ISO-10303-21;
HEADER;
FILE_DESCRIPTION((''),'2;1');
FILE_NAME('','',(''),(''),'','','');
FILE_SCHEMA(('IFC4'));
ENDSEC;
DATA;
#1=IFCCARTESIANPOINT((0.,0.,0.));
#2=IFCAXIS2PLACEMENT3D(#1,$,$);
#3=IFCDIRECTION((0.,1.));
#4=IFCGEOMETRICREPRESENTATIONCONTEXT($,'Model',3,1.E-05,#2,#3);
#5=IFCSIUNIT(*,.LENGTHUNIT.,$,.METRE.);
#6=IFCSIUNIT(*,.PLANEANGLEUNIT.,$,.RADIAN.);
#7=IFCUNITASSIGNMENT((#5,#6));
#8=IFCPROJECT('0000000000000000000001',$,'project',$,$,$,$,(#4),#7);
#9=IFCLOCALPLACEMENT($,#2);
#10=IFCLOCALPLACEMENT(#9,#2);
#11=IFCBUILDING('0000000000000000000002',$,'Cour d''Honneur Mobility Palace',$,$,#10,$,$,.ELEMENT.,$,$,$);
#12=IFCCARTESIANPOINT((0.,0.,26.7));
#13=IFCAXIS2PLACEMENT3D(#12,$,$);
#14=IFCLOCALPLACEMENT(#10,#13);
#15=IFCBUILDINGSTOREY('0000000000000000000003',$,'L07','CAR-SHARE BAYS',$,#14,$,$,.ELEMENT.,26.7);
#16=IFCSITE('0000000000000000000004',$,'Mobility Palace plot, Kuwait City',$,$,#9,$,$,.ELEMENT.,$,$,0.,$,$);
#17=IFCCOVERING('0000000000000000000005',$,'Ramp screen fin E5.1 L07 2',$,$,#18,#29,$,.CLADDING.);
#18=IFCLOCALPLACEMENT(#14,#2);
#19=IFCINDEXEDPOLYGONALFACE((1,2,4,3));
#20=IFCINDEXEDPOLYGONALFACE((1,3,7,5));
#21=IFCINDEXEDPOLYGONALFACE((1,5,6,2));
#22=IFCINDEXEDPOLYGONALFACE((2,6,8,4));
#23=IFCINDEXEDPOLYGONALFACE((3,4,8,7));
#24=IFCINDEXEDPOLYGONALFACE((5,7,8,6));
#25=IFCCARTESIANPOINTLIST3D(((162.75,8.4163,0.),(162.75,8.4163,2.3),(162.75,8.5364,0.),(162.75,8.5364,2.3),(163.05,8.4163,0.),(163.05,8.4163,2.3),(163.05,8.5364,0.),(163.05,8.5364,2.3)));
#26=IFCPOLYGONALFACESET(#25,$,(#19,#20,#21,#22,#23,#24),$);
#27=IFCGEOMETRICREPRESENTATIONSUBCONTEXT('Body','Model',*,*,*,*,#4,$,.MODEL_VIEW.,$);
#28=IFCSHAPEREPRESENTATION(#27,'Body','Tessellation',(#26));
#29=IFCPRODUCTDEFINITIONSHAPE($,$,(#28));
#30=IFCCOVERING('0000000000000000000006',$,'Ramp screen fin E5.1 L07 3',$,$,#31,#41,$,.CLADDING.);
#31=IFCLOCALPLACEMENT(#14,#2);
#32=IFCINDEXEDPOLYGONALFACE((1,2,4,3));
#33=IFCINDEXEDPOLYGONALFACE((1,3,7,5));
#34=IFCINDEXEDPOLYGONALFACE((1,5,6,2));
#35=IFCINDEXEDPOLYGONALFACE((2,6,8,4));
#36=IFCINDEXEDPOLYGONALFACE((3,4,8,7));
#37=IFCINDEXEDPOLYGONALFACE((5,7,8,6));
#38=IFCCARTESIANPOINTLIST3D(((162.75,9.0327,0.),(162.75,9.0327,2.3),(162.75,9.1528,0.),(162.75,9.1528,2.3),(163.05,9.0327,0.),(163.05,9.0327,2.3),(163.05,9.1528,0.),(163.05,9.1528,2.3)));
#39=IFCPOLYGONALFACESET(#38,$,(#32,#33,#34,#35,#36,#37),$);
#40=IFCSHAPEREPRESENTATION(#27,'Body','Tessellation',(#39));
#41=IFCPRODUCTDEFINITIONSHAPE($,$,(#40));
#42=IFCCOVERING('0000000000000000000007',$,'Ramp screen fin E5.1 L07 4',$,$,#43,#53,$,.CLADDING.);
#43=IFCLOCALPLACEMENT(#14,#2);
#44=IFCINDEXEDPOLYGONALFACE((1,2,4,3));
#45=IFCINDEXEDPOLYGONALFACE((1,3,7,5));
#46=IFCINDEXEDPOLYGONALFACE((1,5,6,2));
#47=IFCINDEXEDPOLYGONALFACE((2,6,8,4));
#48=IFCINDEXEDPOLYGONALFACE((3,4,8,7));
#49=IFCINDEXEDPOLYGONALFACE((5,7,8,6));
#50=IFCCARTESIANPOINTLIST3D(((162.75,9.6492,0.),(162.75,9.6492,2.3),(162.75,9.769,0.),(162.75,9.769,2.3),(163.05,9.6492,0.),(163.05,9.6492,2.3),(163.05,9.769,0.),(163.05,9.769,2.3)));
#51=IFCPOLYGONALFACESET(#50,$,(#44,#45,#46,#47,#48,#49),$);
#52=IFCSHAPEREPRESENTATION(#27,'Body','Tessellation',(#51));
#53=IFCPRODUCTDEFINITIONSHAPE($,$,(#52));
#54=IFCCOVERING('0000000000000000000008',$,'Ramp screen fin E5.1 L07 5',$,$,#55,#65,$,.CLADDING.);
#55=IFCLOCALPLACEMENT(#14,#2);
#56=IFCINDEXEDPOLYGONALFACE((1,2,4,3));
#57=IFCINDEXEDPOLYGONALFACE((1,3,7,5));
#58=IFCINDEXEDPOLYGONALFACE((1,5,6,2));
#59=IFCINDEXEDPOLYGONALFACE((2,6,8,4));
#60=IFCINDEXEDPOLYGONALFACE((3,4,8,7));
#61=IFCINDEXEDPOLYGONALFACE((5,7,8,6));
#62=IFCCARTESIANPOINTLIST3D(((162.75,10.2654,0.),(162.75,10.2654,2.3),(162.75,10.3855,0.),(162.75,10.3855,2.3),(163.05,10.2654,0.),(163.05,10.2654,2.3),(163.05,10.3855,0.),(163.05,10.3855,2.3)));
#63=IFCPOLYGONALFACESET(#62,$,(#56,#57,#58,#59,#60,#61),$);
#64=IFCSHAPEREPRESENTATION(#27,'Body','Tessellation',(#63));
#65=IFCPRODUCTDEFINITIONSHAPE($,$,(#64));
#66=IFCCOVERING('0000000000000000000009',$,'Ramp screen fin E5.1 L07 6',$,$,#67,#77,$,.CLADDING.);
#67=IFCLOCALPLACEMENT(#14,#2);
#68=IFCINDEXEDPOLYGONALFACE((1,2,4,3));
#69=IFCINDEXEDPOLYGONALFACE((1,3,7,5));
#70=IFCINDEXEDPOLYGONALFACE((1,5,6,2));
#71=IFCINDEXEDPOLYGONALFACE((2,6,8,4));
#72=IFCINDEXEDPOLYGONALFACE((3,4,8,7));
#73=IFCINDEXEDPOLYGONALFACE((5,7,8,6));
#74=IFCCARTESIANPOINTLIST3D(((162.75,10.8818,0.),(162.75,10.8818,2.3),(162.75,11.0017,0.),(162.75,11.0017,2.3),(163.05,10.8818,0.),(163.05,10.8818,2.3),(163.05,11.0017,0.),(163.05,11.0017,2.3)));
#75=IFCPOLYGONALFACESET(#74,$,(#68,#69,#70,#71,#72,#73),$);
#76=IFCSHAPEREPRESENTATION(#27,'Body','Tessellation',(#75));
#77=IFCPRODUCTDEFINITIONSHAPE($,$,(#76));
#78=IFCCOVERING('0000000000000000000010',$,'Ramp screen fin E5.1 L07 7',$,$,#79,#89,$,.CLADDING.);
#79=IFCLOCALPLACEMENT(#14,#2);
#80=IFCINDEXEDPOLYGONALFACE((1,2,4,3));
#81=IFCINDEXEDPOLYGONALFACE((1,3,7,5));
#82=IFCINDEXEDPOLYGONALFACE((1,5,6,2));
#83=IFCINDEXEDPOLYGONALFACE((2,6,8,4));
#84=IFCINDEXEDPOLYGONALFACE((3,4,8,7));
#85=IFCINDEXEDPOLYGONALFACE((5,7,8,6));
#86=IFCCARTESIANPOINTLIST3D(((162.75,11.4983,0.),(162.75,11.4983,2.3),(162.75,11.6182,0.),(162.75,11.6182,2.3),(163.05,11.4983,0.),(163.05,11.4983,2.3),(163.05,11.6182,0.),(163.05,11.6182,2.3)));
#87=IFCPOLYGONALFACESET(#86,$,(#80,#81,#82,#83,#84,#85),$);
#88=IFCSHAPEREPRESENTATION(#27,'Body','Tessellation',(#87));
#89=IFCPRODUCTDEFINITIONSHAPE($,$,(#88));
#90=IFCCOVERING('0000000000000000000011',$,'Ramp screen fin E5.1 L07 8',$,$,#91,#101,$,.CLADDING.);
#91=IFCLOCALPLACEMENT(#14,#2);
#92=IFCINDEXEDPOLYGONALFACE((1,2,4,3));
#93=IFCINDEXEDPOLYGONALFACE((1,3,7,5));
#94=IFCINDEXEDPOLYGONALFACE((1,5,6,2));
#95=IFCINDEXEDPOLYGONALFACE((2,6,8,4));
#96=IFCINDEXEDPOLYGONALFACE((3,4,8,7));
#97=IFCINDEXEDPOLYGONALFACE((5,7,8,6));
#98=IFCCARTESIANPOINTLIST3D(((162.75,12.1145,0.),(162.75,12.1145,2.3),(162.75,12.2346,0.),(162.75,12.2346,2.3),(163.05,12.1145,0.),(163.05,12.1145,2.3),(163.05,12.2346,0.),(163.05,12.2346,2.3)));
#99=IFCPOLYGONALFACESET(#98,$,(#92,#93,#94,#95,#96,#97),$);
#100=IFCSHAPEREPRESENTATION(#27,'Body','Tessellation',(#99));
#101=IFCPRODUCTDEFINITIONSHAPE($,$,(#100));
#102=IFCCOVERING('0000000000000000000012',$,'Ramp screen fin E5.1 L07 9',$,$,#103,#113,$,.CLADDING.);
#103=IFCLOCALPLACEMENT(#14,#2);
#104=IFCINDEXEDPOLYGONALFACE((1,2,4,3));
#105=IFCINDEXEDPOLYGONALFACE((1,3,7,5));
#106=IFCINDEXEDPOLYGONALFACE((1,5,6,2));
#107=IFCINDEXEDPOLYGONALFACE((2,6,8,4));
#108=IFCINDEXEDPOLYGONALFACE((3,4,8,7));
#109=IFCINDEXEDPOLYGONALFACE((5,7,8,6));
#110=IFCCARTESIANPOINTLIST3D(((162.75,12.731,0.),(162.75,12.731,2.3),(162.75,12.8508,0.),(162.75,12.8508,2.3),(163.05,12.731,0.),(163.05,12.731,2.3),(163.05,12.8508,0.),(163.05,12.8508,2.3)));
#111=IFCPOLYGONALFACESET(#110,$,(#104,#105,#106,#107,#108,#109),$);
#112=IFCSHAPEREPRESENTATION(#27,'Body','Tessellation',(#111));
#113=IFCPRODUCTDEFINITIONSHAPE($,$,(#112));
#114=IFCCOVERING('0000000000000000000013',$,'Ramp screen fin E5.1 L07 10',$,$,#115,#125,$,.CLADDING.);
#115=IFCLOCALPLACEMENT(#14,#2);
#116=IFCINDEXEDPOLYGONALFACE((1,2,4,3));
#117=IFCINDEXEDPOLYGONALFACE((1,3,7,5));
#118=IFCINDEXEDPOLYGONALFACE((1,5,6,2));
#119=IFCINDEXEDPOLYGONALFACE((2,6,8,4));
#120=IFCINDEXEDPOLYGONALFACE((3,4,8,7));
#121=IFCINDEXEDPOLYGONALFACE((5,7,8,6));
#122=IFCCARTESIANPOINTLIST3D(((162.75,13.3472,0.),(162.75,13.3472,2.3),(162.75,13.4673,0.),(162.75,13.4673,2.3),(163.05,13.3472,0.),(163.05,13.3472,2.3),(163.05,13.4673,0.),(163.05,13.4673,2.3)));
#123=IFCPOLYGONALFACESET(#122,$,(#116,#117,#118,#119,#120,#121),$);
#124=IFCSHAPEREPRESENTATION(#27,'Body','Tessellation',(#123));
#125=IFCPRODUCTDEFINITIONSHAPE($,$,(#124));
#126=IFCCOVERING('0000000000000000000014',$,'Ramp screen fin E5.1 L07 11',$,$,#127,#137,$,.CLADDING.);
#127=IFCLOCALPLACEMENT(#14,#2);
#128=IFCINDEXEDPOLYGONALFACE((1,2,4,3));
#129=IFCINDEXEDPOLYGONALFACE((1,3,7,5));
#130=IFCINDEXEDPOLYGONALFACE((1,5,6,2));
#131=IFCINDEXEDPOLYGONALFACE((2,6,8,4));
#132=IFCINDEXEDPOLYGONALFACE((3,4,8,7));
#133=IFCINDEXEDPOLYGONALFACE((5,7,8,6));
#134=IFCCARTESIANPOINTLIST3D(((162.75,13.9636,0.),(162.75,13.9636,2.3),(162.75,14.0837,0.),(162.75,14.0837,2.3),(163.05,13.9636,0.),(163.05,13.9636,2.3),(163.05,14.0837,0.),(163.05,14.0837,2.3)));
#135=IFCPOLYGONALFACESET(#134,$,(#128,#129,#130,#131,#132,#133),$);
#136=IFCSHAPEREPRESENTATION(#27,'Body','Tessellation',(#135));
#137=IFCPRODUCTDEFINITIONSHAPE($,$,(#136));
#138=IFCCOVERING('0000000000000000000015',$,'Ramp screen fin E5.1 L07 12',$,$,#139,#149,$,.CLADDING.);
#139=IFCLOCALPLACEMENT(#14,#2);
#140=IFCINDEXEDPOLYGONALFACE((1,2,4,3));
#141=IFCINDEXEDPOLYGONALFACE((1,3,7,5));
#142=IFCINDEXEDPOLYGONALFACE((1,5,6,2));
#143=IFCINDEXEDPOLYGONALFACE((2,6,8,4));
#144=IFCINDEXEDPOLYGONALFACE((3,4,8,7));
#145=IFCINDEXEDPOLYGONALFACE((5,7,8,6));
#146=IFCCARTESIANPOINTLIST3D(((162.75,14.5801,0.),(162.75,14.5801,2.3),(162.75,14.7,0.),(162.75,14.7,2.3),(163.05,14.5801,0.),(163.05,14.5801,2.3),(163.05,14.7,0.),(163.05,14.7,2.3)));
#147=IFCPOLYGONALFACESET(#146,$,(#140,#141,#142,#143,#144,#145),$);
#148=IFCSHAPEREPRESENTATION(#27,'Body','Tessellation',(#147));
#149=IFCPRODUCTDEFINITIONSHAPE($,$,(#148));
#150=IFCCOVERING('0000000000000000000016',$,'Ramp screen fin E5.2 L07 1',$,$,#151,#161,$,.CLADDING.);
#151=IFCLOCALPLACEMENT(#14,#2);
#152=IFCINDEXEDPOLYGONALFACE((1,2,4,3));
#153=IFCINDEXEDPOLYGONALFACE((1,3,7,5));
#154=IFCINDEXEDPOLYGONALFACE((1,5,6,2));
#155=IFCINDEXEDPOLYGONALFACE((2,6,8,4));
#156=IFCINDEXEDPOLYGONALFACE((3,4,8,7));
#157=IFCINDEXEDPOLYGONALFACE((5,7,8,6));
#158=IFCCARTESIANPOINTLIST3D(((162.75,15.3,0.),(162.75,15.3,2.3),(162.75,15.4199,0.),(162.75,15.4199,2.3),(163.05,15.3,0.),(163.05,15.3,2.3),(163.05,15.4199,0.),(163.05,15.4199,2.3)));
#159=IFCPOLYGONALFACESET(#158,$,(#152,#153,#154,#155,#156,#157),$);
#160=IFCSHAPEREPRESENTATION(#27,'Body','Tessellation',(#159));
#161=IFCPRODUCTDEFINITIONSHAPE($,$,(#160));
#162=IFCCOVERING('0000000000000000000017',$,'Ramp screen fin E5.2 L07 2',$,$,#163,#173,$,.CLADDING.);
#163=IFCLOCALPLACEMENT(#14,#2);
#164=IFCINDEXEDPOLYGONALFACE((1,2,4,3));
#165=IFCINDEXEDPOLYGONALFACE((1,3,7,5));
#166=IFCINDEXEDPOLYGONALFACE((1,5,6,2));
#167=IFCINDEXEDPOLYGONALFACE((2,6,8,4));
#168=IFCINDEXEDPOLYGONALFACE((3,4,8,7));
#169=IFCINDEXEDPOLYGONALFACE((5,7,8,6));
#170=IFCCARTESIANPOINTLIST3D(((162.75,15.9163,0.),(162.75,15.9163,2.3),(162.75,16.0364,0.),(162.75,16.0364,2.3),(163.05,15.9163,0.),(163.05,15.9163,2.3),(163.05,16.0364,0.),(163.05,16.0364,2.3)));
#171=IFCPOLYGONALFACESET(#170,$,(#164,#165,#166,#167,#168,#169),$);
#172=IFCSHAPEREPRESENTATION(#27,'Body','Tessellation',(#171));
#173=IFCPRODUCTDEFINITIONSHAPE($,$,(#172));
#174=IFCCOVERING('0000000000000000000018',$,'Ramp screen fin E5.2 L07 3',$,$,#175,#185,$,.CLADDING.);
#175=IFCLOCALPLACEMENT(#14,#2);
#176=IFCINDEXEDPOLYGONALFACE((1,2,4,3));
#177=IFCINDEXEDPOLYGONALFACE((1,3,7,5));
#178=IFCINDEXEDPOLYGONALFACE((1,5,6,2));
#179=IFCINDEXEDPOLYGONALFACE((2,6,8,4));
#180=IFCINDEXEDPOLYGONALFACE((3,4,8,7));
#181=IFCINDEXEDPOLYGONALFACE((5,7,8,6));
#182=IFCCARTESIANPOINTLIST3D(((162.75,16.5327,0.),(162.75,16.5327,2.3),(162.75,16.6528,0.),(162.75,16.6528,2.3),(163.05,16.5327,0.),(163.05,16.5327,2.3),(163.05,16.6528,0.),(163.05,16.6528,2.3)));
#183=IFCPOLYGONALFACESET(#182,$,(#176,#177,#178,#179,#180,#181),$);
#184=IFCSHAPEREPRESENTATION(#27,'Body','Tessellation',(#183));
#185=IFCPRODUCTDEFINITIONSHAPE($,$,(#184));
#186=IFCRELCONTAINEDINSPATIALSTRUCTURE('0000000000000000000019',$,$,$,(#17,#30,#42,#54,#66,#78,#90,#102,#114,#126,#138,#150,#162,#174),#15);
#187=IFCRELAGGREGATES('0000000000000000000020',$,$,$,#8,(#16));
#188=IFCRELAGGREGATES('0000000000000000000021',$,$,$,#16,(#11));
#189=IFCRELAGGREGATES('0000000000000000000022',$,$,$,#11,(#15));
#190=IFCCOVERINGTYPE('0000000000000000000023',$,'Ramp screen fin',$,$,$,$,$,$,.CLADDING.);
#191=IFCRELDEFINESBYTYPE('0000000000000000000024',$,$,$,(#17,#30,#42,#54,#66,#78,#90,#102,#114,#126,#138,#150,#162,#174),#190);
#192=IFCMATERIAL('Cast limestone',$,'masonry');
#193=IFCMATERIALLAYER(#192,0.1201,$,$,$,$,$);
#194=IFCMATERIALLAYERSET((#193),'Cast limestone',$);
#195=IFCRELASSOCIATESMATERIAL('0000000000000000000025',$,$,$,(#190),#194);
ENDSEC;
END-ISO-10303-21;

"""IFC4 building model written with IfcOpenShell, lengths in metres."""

from ifc_helpers import new_model, si_unit, direction, frame, origin, place, context, subcontext, project, spatial, polyline, outline, extrude, material, layer, layer_set, type_object, element, save


model = new_model("IFC4")

# Units and contexts
model_context = context("Model", 3, precision=1e-05, world=origin(), true_north=direction((0.0, 1.0)))
body_context = subcontext(model_context, "Body", "Model", "MODEL_VIEW")
ifc_project = project(units=[si_unit("LENGTHUNIT", "METRE"), si_unit("PLANEANGLEUNIT", "RADIAN")], contexts=[model_context])

# Site, building, storey
site_placement = place(None, origin())
site = spatial("IfcSite", under=ifc_project, at=site_placement, Name="Mobility Palace plot, Kuwait City", CompositionType="ELEMENT", RefElevation=0.0)
building_placement = place(site_placement, origin())
building = spatial("IfcBuilding", under=site, at=building_placement, Name="Cour d'Honneur Mobility Palace", CompositionType="ELEMENT")
storey_placement = place(building_placement, frame((0.0, 0.0, 26.7)))
storey = spatial("IfcBuildingStorey", under=building, at=storey_placement, Name="L07", Description="CAR-SHARE BAYS", CompositionType="ELEMENT", Elevation=26.7)

# Coverings
ifc_material = material(Name="Cast limestone", Category="masonry")
ifc_layer = layer(ifc_material, 0.1201)
ifc_layer_set = layer_set([ifc_layer], Name="Cast limestone")
covering_type = type_object("IfcCoveringType", Name="Ramp screen fin", PredefinedType="CLADDING", material=ifc_layer_set)
covering_1_placement = place(storey_placement, origin())
element("IfcCovering", 1, at=covering_1_placement, inside=storey, type_object=covering_type, Name="Ramp screen fin E5.1 L07 2", PredefinedType="CLADDING", context=body_context, shape_type="SweptSolid", body=[
    extrude(outline(polyline([(162.75, 8.4163), (162.75, 8.5364), (163.05, 8.5364), (163.05, 8.4163), (162.75, 8.4163)])), origin(), (0.0, 0.0, 1.0), 2.3),
])
covering_2_placement = place(storey_placement, origin())
element("IfcCovering", 2, at=covering_2_placement, inside=storey, type_object=covering_type, Name="Ramp screen fin E5.1 L07 3", PredefinedType="CLADDING", context=body_context, shape_type="SweptSolid", body=[
    extrude(outline(polyline([(162.75, 9.0327), (162.75, 9.1528), (163.05, 9.1528), (163.05, 9.0327), (162.75, 9.0327)])), origin(), (0.0, 0.0, 1.0), 2.3),
])
covering_3_placement = place(storey_placement, origin())
element("IfcCovering", 3, at=covering_3_placement, inside=storey, type_object=covering_type, Name="Ramp screen fin E5.1 L07 4", PredefinedType="CLADDING", context=body_context, shape_type="SweptSolid", body=[
    extrude(outline(polyline([(162.75, 9.6492), (162.75, 9.769), (163.05, 9.769), (163.05, 9.6492), (162.75, 9.6492)])), origin(), (0.0, 0.0, 1.0), 2.3),
])
covering_4_placement = place(storey_placement, origin())
element("IfcCovering", 4, at=covering_4_placement, inside=storey, type_object=covering_type, Name="Ramp screen fin E5.1 L07 5", PredefinedType="CLADDING", context=body_context, shape_type="SweptSolid", body=[
    extrude(outline(polyline([(162.75, 10.2654), (162.75, 10.3855), (163.05, 10.3855), (163.05, 10.2654), (162.75, 10.2654)])), origin(), (0.0, 0.0, 1.0), 2.3),
])
covering_5_placement = place(storey_placement, origin())
element("IfcCovering", 5, at=covering_5_placement, inside=storey, type_object=covering_type, Name="Ramp screen fin E5.1 L07 6", PredefinedType="CLADDING", context=body_context, shape_type="SweptSolid", body=[
    extrude(outline(polyline([(162.75, 10.8818), (162.75, 11.0017), (163.05, 11.0017), (163.05, 10.8818), (162.75, 10.8818)])), origin(), (0.0, 0.0, 1.0), 2.3),
])
covering_6_placement = place(storey_placement, origin())
element("IfcCovering", 6, at=covering_6_placement, inside=storey, type_object=covering_type, Name="Ramp screen fin E5.1 L07 7", PredefinedType="CLADDING", context=body_context, shape_type="SweptSolid", body=[
    extrude(outline(polyline([(162.75, 11.4983), (162.75, 11.6182), (163.05, 11.6182), (163.05, 11.4983), (162.75, 11.4983)])), origin(), (0.0, 0.0, 1.0), 2.3),
])
covering_7_placement = place(storey_placement, origin())
element("IfcCovering", 7, at=covering_7_placement, inside=storey, type_object=covering_type, Name="Ramp screen fin E5.1 L07 8", PredefinedType="CLADDING", context=body_context, shape_type="SweptSolid", body=[
    extrude(outline(polyline([(162.75, 12.1145), (162.75, 12.2346), (163.05, 12.2346), (163.05, 12.1145), (162.75, 12.1145)])), origin(), (0.0, 0.0, 1.0), 2.3),
])
covering_8_placement = place(storey_placement, origin())
element("IfcCovering", 8, at=covering_8_placement, inside=storey, type_object=covering_type, Name="Ramp screen fin E5.1 L07 9", PredefinedType="CLADDING", context=body_context, shape_type="SweptSolid", body=[
    extrude(outline(polyline([(162.75, 12.731), (162.75, 12.8508), (163.05, 12.8508), (163.05, 12.731), (162.75, 12.731)])), origin(), (0.0, 0.0, 1.0), 2.3),
])
covering_9_placement = place(storey_placement, origin())
element("IfcCovering", 9, at=covering_9_placement, inside=storey, type_object=covering_type, Name="Ramp screen fin E5.1 L07 10", PredefinedType="CLADDING", context=body_context, shape_type="SweptSolid", body=[
    extrude(outline(polyline([(162.75, 13.3472), (162.75, 13.4673), (163.05, 13.4673), (163.05, 13.3472), (162.75, 13.3472)])), origin(), (0.0, 0.0, 1.0), 2.3),
])
covering_10_placement = place(storey_placement, origin())
element("IfcCovering", 10, at=covering_10_placement, inside=storey, type_object=covering_type, Name="Ramp screen fin E5.1 L07 11", PredefinedType="CLADDING", context=body_context, shape_type="SweptSolid", body=[
    extrude(outline(polyline([(162.75, 13.9636), (162.75, 14.0837), (163.05, 14.0837), (163.05, 13.9636), (162.75, 13.9636)])), origin(), (0.0, 0.0, 1.0), 2.3),
])
covering_11_placement = place(storey_placement, origin())
element("IfcCovering", 11, at=covering_11_placement, inside=storey, type_object=covering_type, Name="Ramp screen fin E5.1 L07 12", PredefinedType="CLADDING", context=body_context, shape_type="SweptSolid", body=[
    extrude(outline(polyline([(162.75, 14.5801), (162.75, 14.7), (163.05, 14.7), (163.05, 14.5801), (162.75, 14.5801)])), origin(), (0.0, 0.0, 1.0), 2.3),
])
covering_12_placement = place(storey_placement, origin())
element("IfcCovering", 12, at=covering_12_placement, inside=storey, type_object=covering_type, Name="Ramp screen fin E5.2 L07 1", PredefinedType="CLADDING", context=body_context, shape_type="SweptSolid", body=[
    extrude(outline(polyline([(162.75, 15.3), (162.75, 15.4199), (163.05, 15.4199), (163.05, 15.3), (162.75, 15.3)])), origin(), (0.0, 0.0, 1.0), 2.3),
])
covering_13_placement = place(storey_placement, origin())
element("IfcCovering", 13, at=covering_13_placement, inside=storey, type_object=covering_type, Name="Ramp screen fin E5.2 L07 2", PredefinedType="CLADDING", context=body_context, shape_type="SweptSolid", body=[
    extrude(outline(polyline([(162.75, 15.9163), (162.75, 16.0364), (163.05, 16.0364), (163.05, 15.9163), (162.75, 15.9163)])), origin(), (0.0, 0.0, 1.0), 2.3),
])
covering_14_placement = place(storey_placement, origin())
element("IfcCovering", 14, at=covering_14_placement, inside=storey, type_object=covering_type, Name="Ramp screen fin E5.2 L07 3", PredefinedType="CLADDING", context=body_context, shape_type="SweptSolid", body=[
    extrude(outline(polyline([(162.75, 16.5327), (162.75, 16.6528), (163.05, 16.6528), (163.05, 16.5327), (162.75, 16.5327)])), origin(), (0.0, 0.0, 1.0), 2.3),
])

save(model, "model.ifc")
